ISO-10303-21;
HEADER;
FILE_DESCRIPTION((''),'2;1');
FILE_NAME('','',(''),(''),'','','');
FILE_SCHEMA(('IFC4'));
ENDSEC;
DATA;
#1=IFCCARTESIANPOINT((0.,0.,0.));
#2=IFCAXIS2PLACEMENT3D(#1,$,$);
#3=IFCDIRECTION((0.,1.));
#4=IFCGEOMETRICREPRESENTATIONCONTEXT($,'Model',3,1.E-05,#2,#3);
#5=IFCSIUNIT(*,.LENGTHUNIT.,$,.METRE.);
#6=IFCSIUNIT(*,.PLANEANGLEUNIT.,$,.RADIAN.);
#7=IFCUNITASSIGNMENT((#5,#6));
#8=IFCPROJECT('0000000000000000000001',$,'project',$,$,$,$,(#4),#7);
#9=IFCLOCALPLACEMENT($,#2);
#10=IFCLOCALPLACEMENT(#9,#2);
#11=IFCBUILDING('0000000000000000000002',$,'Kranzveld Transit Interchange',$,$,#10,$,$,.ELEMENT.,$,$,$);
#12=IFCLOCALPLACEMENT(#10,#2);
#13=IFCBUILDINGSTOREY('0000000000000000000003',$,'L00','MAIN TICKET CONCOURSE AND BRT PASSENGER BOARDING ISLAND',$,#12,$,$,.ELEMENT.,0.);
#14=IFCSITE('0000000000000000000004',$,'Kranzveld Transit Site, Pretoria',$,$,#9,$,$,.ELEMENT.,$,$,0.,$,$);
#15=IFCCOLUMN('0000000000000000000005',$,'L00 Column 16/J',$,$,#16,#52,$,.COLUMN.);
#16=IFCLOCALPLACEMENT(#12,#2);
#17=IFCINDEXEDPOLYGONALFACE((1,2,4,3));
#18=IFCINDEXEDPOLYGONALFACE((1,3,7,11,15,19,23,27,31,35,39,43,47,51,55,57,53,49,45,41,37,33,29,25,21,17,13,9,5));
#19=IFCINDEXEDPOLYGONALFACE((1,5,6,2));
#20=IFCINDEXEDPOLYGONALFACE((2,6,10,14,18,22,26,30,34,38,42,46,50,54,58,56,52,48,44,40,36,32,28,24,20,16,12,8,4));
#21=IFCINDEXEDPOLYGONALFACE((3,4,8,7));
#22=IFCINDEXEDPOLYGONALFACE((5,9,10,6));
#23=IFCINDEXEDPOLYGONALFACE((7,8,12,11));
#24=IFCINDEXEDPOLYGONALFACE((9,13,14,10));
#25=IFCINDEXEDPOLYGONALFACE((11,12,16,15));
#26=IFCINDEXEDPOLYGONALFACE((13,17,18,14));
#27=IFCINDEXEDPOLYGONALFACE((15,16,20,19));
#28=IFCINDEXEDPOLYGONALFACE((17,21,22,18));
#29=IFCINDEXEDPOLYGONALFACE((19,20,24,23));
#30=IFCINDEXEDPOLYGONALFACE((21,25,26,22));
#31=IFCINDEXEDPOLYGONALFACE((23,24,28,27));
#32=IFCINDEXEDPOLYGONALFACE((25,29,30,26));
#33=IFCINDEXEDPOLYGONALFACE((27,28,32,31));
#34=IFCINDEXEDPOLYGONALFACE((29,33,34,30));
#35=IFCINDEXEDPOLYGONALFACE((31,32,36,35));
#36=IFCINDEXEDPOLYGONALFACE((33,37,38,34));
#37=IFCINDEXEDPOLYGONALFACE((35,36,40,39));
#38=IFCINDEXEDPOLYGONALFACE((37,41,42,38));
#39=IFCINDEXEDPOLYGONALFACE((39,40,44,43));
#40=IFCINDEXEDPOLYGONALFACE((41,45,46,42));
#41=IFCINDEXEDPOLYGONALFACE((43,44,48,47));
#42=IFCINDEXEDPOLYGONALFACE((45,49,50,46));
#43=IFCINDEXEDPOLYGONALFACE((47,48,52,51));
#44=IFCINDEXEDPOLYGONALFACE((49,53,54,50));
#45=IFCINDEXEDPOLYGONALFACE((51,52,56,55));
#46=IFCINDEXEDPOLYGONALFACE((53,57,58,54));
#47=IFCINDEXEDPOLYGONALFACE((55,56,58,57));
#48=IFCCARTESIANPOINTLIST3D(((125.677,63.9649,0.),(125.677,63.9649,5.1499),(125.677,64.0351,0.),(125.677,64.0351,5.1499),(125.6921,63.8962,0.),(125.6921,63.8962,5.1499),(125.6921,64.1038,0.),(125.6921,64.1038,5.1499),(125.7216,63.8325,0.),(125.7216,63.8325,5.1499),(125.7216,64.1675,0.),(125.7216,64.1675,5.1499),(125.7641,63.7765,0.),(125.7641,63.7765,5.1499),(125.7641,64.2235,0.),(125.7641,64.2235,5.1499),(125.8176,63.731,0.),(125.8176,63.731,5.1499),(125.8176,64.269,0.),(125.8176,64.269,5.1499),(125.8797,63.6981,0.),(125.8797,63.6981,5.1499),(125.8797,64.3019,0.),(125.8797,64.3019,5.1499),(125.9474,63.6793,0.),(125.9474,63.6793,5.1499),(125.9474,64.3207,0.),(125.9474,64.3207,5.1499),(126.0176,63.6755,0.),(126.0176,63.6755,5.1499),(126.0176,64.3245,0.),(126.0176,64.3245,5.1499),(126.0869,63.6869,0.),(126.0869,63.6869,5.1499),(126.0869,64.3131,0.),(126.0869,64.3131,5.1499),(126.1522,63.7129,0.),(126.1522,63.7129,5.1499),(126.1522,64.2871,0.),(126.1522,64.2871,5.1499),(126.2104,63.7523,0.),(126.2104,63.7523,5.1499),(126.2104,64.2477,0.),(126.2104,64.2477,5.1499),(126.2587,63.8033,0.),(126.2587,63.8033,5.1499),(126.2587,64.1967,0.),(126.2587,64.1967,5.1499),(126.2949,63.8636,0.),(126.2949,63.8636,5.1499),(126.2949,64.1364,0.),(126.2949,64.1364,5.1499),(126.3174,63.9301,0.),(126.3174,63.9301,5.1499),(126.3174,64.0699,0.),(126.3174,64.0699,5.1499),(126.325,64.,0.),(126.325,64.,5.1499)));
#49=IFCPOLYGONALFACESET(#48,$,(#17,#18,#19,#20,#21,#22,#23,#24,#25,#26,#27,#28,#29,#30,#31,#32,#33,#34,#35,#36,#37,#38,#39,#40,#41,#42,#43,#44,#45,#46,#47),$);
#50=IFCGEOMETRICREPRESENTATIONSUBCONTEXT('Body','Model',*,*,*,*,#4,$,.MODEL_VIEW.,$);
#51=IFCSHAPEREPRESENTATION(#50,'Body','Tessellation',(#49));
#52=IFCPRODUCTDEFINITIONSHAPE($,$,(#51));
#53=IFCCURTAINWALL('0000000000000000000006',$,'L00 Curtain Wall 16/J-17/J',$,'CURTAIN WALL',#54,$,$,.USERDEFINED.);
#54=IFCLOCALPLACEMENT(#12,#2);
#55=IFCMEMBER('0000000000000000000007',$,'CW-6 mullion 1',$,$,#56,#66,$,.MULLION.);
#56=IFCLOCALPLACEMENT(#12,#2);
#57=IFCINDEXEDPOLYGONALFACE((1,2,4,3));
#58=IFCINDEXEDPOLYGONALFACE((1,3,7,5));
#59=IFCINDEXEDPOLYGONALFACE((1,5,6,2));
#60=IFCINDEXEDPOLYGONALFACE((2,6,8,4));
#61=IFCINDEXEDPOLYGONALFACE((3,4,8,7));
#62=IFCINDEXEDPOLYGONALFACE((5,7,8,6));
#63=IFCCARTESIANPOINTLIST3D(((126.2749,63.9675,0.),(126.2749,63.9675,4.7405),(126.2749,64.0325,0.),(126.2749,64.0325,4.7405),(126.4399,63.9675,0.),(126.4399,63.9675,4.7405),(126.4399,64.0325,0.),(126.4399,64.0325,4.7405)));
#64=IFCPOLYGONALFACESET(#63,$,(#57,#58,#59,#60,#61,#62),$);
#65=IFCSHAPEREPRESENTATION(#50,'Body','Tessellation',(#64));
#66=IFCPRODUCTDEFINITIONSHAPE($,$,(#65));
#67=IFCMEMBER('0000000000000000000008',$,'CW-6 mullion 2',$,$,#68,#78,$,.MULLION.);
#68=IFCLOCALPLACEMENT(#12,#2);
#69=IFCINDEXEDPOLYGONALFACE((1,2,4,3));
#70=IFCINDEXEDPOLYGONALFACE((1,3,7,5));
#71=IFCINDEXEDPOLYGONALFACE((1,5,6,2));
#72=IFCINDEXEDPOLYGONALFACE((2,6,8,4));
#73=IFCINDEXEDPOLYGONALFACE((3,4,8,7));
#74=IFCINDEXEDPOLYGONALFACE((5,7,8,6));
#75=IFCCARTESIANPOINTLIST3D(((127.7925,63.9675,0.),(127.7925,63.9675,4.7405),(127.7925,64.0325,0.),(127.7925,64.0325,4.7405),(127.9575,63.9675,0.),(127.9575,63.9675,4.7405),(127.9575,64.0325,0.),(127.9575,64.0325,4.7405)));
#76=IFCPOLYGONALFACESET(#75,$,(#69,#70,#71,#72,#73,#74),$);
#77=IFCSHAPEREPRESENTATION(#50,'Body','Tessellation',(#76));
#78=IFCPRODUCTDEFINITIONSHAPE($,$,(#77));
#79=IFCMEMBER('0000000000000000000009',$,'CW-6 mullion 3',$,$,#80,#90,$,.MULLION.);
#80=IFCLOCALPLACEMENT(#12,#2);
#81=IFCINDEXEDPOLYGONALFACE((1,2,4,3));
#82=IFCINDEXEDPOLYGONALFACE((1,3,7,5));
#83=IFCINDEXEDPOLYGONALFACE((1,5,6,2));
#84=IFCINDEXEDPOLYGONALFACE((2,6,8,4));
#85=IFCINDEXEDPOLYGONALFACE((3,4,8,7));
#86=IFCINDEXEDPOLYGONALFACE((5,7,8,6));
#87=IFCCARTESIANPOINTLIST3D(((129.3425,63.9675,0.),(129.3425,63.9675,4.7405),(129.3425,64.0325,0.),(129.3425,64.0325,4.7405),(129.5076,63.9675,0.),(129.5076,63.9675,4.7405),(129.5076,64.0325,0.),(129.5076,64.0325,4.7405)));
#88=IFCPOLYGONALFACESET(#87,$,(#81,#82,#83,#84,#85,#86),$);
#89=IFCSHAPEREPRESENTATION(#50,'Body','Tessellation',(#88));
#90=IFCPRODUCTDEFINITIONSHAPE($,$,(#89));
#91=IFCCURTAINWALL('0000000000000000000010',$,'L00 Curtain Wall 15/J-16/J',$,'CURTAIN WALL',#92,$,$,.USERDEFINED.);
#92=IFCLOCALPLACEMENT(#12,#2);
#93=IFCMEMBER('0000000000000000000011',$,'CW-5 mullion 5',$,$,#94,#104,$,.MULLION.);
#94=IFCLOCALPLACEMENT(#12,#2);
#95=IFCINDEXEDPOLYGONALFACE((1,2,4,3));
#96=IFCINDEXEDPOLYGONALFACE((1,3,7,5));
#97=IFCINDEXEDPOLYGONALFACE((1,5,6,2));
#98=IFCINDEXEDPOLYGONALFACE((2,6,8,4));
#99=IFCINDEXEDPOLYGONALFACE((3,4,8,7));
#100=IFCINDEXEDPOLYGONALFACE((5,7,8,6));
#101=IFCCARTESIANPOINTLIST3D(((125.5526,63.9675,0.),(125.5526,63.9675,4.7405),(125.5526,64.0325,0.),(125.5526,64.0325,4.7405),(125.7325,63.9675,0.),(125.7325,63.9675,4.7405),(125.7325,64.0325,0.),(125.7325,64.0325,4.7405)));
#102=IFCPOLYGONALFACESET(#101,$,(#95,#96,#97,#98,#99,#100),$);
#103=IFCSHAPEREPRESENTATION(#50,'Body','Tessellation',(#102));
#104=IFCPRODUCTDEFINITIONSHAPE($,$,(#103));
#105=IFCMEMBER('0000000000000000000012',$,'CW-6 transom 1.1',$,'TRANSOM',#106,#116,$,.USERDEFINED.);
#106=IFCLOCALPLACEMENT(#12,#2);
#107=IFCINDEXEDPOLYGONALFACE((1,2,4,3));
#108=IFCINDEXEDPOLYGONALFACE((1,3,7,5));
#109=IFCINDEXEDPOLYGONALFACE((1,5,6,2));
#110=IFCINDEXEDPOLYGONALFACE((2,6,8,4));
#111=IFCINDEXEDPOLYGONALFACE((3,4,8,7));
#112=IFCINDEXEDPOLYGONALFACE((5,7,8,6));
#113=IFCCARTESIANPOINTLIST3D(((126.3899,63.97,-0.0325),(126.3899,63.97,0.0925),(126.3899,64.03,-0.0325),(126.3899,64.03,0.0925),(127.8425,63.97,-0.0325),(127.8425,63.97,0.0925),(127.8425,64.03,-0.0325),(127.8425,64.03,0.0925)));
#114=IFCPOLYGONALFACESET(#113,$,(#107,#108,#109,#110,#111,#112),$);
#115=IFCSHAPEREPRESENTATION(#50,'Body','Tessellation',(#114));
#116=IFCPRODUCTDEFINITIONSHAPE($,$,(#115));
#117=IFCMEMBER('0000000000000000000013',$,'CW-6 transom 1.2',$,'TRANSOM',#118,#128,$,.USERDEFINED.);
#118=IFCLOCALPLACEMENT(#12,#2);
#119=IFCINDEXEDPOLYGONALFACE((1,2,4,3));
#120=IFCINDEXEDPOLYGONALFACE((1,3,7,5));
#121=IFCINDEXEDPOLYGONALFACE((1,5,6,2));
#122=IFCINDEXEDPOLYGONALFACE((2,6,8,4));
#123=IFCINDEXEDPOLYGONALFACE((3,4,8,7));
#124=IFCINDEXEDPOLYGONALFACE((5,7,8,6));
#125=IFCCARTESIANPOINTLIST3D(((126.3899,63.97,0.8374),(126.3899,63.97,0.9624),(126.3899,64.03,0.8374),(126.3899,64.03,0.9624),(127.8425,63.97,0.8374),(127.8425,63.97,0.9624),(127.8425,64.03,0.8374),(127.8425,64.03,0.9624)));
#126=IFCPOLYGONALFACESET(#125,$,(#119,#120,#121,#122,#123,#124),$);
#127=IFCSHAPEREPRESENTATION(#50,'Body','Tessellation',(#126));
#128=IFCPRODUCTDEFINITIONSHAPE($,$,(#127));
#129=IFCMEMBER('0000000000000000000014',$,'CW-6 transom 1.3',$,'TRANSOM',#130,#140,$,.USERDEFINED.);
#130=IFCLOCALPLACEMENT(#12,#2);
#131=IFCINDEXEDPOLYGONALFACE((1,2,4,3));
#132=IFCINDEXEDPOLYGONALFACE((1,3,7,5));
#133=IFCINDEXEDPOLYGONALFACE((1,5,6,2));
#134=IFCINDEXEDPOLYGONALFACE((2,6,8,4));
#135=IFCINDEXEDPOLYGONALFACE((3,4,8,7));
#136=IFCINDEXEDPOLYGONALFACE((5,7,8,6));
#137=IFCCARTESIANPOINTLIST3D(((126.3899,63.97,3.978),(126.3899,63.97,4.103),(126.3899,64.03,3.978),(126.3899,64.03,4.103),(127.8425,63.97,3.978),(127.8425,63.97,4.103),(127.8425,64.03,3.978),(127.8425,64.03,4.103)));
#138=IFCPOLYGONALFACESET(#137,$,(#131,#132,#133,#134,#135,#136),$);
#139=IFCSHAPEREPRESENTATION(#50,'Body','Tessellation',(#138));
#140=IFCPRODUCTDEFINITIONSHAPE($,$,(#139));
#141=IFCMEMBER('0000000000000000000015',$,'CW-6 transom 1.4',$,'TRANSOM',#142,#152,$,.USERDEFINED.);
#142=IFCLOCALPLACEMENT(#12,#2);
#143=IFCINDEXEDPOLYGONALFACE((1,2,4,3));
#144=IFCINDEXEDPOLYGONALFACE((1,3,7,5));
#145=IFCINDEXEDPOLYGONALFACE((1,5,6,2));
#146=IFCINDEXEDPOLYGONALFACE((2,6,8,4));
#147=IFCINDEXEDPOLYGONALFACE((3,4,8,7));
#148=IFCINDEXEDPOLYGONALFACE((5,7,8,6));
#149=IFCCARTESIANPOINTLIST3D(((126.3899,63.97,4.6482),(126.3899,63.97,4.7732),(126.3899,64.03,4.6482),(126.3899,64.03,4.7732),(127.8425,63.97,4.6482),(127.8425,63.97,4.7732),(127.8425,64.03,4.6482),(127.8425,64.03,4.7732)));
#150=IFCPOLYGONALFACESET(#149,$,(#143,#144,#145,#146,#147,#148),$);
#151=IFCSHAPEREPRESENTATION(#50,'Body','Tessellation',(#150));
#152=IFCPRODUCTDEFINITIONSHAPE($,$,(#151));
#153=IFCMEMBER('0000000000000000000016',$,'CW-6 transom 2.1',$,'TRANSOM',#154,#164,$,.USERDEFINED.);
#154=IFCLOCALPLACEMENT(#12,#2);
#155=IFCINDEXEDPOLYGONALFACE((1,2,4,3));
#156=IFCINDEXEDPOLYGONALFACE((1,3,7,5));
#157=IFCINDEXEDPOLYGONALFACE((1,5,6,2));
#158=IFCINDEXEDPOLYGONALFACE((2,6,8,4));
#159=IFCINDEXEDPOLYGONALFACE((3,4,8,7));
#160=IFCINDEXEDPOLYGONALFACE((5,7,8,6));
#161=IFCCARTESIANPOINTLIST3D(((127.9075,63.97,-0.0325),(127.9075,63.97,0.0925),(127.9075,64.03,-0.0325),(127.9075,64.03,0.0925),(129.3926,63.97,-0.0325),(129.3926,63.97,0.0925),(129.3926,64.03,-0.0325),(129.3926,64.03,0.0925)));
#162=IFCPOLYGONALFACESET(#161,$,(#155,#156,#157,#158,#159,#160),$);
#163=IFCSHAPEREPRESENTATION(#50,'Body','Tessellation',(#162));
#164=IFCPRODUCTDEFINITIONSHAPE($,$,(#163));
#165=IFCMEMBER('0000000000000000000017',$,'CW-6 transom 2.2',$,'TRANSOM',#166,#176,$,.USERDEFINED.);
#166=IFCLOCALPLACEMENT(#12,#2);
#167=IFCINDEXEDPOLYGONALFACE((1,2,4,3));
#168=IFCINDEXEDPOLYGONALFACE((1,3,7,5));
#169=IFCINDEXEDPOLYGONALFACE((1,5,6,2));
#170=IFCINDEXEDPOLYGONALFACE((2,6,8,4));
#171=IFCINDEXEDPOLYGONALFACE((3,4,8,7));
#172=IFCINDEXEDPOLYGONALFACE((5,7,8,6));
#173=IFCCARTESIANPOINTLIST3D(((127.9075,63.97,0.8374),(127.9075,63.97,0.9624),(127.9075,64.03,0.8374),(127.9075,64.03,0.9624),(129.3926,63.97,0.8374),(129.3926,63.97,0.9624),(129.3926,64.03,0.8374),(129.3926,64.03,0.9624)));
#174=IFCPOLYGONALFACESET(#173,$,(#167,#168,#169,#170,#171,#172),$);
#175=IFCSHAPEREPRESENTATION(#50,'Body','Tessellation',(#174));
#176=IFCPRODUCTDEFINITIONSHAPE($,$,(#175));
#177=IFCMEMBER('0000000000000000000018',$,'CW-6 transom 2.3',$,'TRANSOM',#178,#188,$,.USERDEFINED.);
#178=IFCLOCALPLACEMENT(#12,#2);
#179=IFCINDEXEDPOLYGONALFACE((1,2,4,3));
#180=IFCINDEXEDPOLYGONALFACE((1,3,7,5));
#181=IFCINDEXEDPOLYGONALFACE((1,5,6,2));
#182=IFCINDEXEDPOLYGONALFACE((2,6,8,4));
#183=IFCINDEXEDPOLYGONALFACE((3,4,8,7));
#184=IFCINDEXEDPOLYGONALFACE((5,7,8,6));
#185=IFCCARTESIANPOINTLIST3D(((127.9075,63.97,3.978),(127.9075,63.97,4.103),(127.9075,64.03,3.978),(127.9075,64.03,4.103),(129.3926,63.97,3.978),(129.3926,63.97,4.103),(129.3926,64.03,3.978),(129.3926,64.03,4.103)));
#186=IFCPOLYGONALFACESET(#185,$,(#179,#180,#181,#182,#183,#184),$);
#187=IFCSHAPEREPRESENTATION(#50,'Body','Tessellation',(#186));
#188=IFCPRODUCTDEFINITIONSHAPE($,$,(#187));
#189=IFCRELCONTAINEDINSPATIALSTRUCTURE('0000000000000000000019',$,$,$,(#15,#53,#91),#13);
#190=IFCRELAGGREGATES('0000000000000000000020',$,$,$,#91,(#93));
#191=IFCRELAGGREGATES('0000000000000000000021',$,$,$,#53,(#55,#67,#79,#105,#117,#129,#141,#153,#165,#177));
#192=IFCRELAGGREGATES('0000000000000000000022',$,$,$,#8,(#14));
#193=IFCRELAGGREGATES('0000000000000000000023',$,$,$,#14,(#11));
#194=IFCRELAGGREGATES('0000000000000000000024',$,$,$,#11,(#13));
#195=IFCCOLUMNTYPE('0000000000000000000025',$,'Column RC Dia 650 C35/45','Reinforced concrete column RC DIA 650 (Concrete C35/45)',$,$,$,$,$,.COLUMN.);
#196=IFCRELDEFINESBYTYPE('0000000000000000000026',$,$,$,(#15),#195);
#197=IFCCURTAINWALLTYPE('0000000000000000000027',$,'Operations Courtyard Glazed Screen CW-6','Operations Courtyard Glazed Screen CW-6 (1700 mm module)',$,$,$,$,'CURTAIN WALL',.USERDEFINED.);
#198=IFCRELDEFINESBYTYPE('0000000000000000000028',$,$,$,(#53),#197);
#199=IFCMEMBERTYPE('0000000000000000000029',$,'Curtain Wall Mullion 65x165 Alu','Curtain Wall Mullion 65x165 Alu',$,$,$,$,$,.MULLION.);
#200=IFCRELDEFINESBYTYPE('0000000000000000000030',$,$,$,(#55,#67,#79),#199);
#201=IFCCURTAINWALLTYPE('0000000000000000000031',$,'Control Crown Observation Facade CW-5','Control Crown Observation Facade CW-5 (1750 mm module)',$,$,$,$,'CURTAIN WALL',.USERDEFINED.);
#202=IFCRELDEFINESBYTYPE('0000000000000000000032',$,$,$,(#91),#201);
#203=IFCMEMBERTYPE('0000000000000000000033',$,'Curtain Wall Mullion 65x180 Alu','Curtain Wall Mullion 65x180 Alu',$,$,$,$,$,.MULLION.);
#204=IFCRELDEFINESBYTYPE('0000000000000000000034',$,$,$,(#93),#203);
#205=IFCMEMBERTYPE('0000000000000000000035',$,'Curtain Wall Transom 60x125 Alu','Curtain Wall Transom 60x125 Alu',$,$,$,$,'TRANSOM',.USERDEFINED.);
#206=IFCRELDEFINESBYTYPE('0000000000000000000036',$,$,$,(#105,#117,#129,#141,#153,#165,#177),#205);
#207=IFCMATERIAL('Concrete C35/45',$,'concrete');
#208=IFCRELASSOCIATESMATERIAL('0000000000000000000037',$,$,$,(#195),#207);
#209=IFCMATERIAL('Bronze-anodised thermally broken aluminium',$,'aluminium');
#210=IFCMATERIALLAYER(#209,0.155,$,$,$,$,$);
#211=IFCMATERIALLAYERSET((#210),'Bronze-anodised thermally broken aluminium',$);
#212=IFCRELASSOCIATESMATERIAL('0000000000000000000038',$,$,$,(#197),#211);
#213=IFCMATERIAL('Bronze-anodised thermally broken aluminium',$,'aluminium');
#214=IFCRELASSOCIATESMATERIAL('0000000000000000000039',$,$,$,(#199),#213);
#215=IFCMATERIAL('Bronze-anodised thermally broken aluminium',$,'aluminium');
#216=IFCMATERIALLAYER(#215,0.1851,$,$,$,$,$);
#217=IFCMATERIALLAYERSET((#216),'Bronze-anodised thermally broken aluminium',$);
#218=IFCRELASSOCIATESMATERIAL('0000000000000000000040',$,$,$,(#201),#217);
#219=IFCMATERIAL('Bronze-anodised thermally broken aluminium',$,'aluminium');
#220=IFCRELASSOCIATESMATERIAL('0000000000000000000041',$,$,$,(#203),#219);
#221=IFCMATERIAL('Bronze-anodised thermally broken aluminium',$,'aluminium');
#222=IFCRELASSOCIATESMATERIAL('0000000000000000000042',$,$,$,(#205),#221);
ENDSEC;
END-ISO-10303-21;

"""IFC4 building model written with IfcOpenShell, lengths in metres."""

from ifc_helpers import new_model, si_unit, direction, frame, origin, origin_2d, place, context, subcontext, project, spatial, rectangle, circle, extrude, material, layer, layer_set, material_profile, profile_set, type_object, element, aggregate, save


model = new_model("IFC4")

# Units and contexts
model_context = context("Model", 3, precision=1e-05, world=origin(), true_north=direction((0.0, 1.0)))
body_context = subcontext(model_context, "Body", "Model", "MODEL_VIEW")
ifc_project = project(units=[si_unit("LENGTHUNIT", "METRE"), si_unit("PLANEANGLEUNIT", "RADIAN")], contexts=[model_context])

# Site, building, storey
site_placement = place(None, origin())
site = spatial("IfcSite", under=ifc_project, at=site_placement, Name="Kranzveld Transit Site, Pretoria", CompositionType="ELEMENT", RefElevation=0.0)
building_placement = place(site_placement, origin())
building = spatial("IfcBuilding", under=site, at=building_placement, Name="Kranzveld Transit Interchange", CompositionType="ELEMENT")
storey_placement = place(building_placement, origin())
storey = spatial("IfcBuildingStorey", under=building, at=storey_placement, Name="L00", Description="MAIN TICKET CONCOURSE AND BRT PASSENGER BOARDING ISLAND", CompositionType="ELEMENT", Elevation=0.0)

# Column
ifc_material_1 = material(Name="Concrete C35/45", Category="concrete")
ifc_material_profile_1 = material_profile(ifc_material_1, circle(Radius=0.325, at=origin_2d()), Name="RC DIA 650")
ifc_profile_set_1 = profile_set([ifc_material_profile_1], Name="Concrete C35/45")
column_type = type_object("IfcColumnType", Name="Column RC Dia 650 C35/45", Description="Reinforced concrete column RC DIA 650 (Concrete C35/45)", PredefinedType="COLUMN", material=ifc_profile_set_1)
column_placement = place(storey_placement, frame((126.0, 64.0, 0.0), z_axis=(0.0, 0.0, 1.0), x_axis=(1.0, 0.0, 0.0)))
element("IfcColumn", 1, at=column_placement, inside=storey, type_object=column_type, Name="L00 Column 16/J", PredefinedType="COLUMN", context=body_context, shape_type="SweptSolid", body=[
    extrude(circle(Radius=0.325, at=origin_2d()), origin(), (0.0, 0.0, 1.0), 5.1499),
])

# Curtain wall, members
ifc_material_2 = material(Name="Bronze-anodised thermally broken aluminium", Category="aluminium")
ifc_layer_1 = layer(ifc_material_2, 0.155)
ifc_layer_set_1 = layer_set([ifc_layer_1], Name="Bronze-anodised thermally broken aluminium")
curtain_wall_type_1 = type_object("IfcCurtainWallType", Name="Operations Courtyard Glazed Screen CW-6", Description="Operations Courtyard Glazed Screen CW-6 (1700 mm module)", ElementType="CURTAIN WALL", PredefinedType="USERDEFINED", material=ifc_layer_set_1)
curtain_wall_1_placement = place(storey_placement, origin())
curtain_wall_1 = element("IfcCurtainWall", 2, at=curtain_wall_1_placement, inside=storey, type_object=curtain_wall_type_1, Name="L00 Curtain Wall 16/J-17/J", ObjectType="CURTAIN WALL", PredefinedType="USERDEFINED")
ifc_material_3 = material(Name="Bronze-anodised thermally broken aluminium", Category="aluminium")
ifc_material_profile_2 = material_profile(ifc_material_3, rectangle(XDim=0.0649, YDim=0.165, at=origin_2d()), Name="ALU MULLION 65x165")
ifc_profile_set_2 = profile_set([ifc_material_profile_2], Name="Bronze-anodised thermally broken aluminium")
member_type_1 = type_object("IfcMemberType", Name="Curtain Wall Mullion 65x165 Alu", Description="Curtain Wall Mullion 65x165 Alu", PredefinedType="MULLION", material=ifc_profile_set_2)
member_1_placement = place(storey_placement, frame((126.3574, 64.0, 0.0), z_axis=(0.0, 0.0, 1.0), x_axis=(0.0, 1.0, 0.0)))
member_1 = element("IfcMember", 3, at=member_1_placement, type_object=member_type_1, Name="CW-6 mullion 1", PredefinedType="MULLION", context=body_context, shape_type="SweptSolid", body=[
    extrude(rectangle(XDim=0.0649, YDim=0.165, at=origin_2d()), origin(), (0.0, 0.0, 1.0), 4.7405),
])
member_2_placement = place(storey_placement, frame((127.875, 64.0, 0.0), z_axis=(0.0, 0.0, 1.0), x_axis=(0.0, 1.0, 0.0)))
member_2 = element("IfcMember", 4, at=member_2_placement, type_object=member_type_1, Name="CW-6 mullion 2", PredefinedType="MULLION", context=body_context, shape_type="SweptSolid", body=[
    extrude(rectangle(XDim=0.0649, YDim=0.165, at=origin_2d()), origin(), (0.0, 0.0, 1.0), 4.7405),
])
member_3_placement = place(storey_placement, frame((129.425, 64.0, 0.0), z_axis=(0.0, 0.0, 1.0), x_axis=(0.0, 1.0, 0.0)))
member_3 = element("IfcMember", 5, at=member_3_placement, type_object=member_type_1, Name="CW-6 mullion 3", PredefinedType="MULLION", context=body_context, shape_type="SweptSolid", body=[
    extrude(rectangle(XDim=0.0649, YDim=0.165, at=origin_2d()), origin(), (0.0, 0.0, 1.0), 4.7405),
])

# Curtain wall, member
ifc_material_4 = material(Name="Bronze-anodised thermally broken aluminium", Category="aluminium")
ifc_layer_2 = layer(ifc_material_4, 0.1851)
ifc_layer_set_2 = layer_set([ifc_layer_2], Name="Bronze-anodised thermally broken aluminium")
curtain_wall_type_2 = type_object("IfcCurtainWallType", Name="Control Crown Observation Facade CW-5", Description="Control Crown Observation Facade CW-5 (1750 mm module)", ElementType="CURTAIN WALL", PredefinedType="USERDEFINED", material=ifc_layer_set_2)
curtain_wall_2_placement = place(storey_placement, origin())
curtain_wall_2 = element("IfcCurtainWall", 6, at=curtain_wall_2_placement, inside=storey, type_object=curtain_wall_type_2, Name="L00 Curtain Wall 15/J-16/J", ObjectType="CURTAIN WALL", PredefinedType="USERDEFINED")
ifc_material_5 = material(Name="Bronze-anodised thermally broken aluminium", Category="aluminium")
ifc_material_profile_3 = material_profile(ifc_material_5, rectangle(XDim=0.0649, YDim=0.1799, at=origin_2d()), Name="ALU MULLION 65x180")
ifc_profile_set_3 = profile_set([ifc_material_profile_3], Name="Bronze-anodised thermally broken aluminium")
member_type_2 = type_object("IfcMemberType", Name="Curtain Wall Mullion 65x180 Alu", Description="Curtain Wall Mullion 65x180 Alu", PredefinedType="MULLION", material=ifc_profile_set_3)
member_4_placement = place(storey_placement, frame((125.6426, 64.0, 0.0), z_axis=(0.0, 0.0, 1.0), x_axis=(0.0, 1.0, 0.0)))
member_4 = element("IfcMember", 7, at=member_4_placement, type_object=member_type_2, Name="CW-5 mullion 5", PredefinedType="MULLION", context=body_context, shape_type="SweptSolid", body=[
    extrude(rectangle(XDim=0.0649, YDim=0.1799, at=origin_2d()), origin(), (0.0, 0.0, 1.0), 4.7405),
])

# Members
ifc_material_6 = material(Name="Bronze-anodised thermally broken aluminium", Category="aluminium")
ifc_material_profile_4 = material_profile(ifc_material_6, rectangle(XDim=0.0601, YDim=0.125, at=origin_2d()), Name="ALU TRANSOM 60x125")
ifc_profile_set_4 = profile_set([ifc_material_profile_4], Name="Bronze-anodised thermally broken aluminium")
member_type_3 = type_object("IfcMemberType", Name="Curtain Wall Transom 60x125 Alu", Description="Curtain Wall Transom 60x125 Alu", ElementType="TRANSOM", PredefinedType="USERDEFINED", material=ifc_profile_set_4)
member_5_placement = place(storey_placement, frame((126.3899, 64.0, 0.03), z_axis=(1.0, 0.0, 0.0), x_axis=(0.0, 1.0, 0.0)))
member_5 = element("IfcMember", 8, at=member_5_placement, type_object=member_type_3, Name="CW-6 transom 1.1", ObjectType="TRANSOM", PredefinedType="USERDEFINED", context=body_context, shape_type="SweptSolid", body=[
    extrude(rectangle(XDim=0.0601, YDim=0.125, at=origin_2d()), origin(), (0.0, 0.0, 1.0), 1.4526),
])
member_6_placement = place(storey_placement, frame((126.3899, 64.0, 0.8999), z_axis=(1.0, 0.0, 0.0), x_axis=(0.0, 1.0, 0.0)))
member_6 = element("IfcMember", 9, at=member_6_placement, type_object=member_type_3, Name="CW-6 transom 1.2", ObjectType="TRANSOM", PredefinedType="USERDEFINED", context=body_context, shape_type="SweptSolid", body=[
    extrude(rectangle(XDim=0.0601, YDim=0.125, at=origin_2d()), origin(), (0.0, 0.0, 1.0), 1.4526),
])
member_7_placement = place(storey_placement, frame((126.3899, 64.0, 4.0405), z_axis=(1.0, 0.0, 0.0), x_axis=(0.0, 1.0, 0.0)))
member_7 = element("IfcMember", 10, at=member_7_placement, type_object=member_type_3, Name="CW-6 transom 1.3", ObjectType="TRANSOM", PredefinedType="USERDEFINED", context=body_context, shape_type="SweptSolid", body=[
    extrude(rectangle(XDim=0.0601, YDim=0.125, at=origin_2d()), origin(), (0.0, 0.0, 1.0), 1.4526),
])
member_8_placement = place(storey_placement, frame((126.3899, 64.0, 4.7107), z_axis=(1.0, 0.0, 0.0), x_axis=(0.0, 1.0, 0.0)))
member_8 = element("IfcMember", 11, at=member_8_placement, type_object=member_type_3, Name="CW-6 transom 1.4", ObjectType="TRANSOM", PredefinedType="USERDEFINED", context=body_context, shape_type="SweptSolid", body=[
    extrude(rectangle(XDim=0.0601, YDim=0.125, at=origin_2d()), origin(), (0.0, 0.0, 1.0), 1.4526),
])
member_9_placement = place(storey_placement, frame((127.9075, 64.0, 0.03), z_axis=(1.0, 0.0, 0.0), x_axis=(0.0, 1.0, 0.0)))
member_9 = element("IfcMember", 12, at=member_9_placement, type_object=member_type_3, Name="CW-6 transom 2.1", ObjectType="TRANSOM", PredefinedType="USERDEFINED", context=body_context, shape_type="SweptSolid", body=[
    extrude(rectangle(XDim=0.0601, YDim=0.125, at=origin_2d()), origin(), (0.0, 0.0, 1.0), 1.4851),
])
member_10_placement = place(storey_placement, frame((127.9075, 64.0, 0.8999), z_axis=(1.0, 0.0, 0.0), x_axis=(0.0, 1.0, 0.0)))
member_10 = element("IfcMember", 13, at=member_10_placement, type_object=member_type_3, Name="CW-6 transom 2.2", ObjectType="TRANSOM", PredefinedType="USERDEFINED", context=body_context, shape_type="SweptSolid", body=[
    extrude(rectangle(XDim=0.0601, YDim=0.125, at=origin_2d()), origin(), (0.0, 0.0, 1.0), 1.4851),
])
member_11_placement = place(storey_placement, frame((127.9075, 64.0, 4.0405), z_axis=(1.0, 0.0, 0.0), x_axis=(0.0, 1.0, 0.0)))
member_11 = element("IfcMember", 14, at=member_11_placement, type_object=member_type_3, Name="CW-6 transom 2.3", ObjectType="TRANSOM", PredefinedType="USERDEFINED", context=body_context, shape_type="SweptSolid", body=[
    extrude(rectangle(XDim=0.0601, YDim=0.125, at=origin_2d()), origin(), (0.0, 0.0, 1.0), 1.4851),
])

aggregate(curtain_wall_2, [member_4])
aggregate(curtain_wall_1, [member_1, member_2, member_3, member_5, member_6, member_7, member_8, member_9, member_10, member_11])

save(model, "model.ifc")
